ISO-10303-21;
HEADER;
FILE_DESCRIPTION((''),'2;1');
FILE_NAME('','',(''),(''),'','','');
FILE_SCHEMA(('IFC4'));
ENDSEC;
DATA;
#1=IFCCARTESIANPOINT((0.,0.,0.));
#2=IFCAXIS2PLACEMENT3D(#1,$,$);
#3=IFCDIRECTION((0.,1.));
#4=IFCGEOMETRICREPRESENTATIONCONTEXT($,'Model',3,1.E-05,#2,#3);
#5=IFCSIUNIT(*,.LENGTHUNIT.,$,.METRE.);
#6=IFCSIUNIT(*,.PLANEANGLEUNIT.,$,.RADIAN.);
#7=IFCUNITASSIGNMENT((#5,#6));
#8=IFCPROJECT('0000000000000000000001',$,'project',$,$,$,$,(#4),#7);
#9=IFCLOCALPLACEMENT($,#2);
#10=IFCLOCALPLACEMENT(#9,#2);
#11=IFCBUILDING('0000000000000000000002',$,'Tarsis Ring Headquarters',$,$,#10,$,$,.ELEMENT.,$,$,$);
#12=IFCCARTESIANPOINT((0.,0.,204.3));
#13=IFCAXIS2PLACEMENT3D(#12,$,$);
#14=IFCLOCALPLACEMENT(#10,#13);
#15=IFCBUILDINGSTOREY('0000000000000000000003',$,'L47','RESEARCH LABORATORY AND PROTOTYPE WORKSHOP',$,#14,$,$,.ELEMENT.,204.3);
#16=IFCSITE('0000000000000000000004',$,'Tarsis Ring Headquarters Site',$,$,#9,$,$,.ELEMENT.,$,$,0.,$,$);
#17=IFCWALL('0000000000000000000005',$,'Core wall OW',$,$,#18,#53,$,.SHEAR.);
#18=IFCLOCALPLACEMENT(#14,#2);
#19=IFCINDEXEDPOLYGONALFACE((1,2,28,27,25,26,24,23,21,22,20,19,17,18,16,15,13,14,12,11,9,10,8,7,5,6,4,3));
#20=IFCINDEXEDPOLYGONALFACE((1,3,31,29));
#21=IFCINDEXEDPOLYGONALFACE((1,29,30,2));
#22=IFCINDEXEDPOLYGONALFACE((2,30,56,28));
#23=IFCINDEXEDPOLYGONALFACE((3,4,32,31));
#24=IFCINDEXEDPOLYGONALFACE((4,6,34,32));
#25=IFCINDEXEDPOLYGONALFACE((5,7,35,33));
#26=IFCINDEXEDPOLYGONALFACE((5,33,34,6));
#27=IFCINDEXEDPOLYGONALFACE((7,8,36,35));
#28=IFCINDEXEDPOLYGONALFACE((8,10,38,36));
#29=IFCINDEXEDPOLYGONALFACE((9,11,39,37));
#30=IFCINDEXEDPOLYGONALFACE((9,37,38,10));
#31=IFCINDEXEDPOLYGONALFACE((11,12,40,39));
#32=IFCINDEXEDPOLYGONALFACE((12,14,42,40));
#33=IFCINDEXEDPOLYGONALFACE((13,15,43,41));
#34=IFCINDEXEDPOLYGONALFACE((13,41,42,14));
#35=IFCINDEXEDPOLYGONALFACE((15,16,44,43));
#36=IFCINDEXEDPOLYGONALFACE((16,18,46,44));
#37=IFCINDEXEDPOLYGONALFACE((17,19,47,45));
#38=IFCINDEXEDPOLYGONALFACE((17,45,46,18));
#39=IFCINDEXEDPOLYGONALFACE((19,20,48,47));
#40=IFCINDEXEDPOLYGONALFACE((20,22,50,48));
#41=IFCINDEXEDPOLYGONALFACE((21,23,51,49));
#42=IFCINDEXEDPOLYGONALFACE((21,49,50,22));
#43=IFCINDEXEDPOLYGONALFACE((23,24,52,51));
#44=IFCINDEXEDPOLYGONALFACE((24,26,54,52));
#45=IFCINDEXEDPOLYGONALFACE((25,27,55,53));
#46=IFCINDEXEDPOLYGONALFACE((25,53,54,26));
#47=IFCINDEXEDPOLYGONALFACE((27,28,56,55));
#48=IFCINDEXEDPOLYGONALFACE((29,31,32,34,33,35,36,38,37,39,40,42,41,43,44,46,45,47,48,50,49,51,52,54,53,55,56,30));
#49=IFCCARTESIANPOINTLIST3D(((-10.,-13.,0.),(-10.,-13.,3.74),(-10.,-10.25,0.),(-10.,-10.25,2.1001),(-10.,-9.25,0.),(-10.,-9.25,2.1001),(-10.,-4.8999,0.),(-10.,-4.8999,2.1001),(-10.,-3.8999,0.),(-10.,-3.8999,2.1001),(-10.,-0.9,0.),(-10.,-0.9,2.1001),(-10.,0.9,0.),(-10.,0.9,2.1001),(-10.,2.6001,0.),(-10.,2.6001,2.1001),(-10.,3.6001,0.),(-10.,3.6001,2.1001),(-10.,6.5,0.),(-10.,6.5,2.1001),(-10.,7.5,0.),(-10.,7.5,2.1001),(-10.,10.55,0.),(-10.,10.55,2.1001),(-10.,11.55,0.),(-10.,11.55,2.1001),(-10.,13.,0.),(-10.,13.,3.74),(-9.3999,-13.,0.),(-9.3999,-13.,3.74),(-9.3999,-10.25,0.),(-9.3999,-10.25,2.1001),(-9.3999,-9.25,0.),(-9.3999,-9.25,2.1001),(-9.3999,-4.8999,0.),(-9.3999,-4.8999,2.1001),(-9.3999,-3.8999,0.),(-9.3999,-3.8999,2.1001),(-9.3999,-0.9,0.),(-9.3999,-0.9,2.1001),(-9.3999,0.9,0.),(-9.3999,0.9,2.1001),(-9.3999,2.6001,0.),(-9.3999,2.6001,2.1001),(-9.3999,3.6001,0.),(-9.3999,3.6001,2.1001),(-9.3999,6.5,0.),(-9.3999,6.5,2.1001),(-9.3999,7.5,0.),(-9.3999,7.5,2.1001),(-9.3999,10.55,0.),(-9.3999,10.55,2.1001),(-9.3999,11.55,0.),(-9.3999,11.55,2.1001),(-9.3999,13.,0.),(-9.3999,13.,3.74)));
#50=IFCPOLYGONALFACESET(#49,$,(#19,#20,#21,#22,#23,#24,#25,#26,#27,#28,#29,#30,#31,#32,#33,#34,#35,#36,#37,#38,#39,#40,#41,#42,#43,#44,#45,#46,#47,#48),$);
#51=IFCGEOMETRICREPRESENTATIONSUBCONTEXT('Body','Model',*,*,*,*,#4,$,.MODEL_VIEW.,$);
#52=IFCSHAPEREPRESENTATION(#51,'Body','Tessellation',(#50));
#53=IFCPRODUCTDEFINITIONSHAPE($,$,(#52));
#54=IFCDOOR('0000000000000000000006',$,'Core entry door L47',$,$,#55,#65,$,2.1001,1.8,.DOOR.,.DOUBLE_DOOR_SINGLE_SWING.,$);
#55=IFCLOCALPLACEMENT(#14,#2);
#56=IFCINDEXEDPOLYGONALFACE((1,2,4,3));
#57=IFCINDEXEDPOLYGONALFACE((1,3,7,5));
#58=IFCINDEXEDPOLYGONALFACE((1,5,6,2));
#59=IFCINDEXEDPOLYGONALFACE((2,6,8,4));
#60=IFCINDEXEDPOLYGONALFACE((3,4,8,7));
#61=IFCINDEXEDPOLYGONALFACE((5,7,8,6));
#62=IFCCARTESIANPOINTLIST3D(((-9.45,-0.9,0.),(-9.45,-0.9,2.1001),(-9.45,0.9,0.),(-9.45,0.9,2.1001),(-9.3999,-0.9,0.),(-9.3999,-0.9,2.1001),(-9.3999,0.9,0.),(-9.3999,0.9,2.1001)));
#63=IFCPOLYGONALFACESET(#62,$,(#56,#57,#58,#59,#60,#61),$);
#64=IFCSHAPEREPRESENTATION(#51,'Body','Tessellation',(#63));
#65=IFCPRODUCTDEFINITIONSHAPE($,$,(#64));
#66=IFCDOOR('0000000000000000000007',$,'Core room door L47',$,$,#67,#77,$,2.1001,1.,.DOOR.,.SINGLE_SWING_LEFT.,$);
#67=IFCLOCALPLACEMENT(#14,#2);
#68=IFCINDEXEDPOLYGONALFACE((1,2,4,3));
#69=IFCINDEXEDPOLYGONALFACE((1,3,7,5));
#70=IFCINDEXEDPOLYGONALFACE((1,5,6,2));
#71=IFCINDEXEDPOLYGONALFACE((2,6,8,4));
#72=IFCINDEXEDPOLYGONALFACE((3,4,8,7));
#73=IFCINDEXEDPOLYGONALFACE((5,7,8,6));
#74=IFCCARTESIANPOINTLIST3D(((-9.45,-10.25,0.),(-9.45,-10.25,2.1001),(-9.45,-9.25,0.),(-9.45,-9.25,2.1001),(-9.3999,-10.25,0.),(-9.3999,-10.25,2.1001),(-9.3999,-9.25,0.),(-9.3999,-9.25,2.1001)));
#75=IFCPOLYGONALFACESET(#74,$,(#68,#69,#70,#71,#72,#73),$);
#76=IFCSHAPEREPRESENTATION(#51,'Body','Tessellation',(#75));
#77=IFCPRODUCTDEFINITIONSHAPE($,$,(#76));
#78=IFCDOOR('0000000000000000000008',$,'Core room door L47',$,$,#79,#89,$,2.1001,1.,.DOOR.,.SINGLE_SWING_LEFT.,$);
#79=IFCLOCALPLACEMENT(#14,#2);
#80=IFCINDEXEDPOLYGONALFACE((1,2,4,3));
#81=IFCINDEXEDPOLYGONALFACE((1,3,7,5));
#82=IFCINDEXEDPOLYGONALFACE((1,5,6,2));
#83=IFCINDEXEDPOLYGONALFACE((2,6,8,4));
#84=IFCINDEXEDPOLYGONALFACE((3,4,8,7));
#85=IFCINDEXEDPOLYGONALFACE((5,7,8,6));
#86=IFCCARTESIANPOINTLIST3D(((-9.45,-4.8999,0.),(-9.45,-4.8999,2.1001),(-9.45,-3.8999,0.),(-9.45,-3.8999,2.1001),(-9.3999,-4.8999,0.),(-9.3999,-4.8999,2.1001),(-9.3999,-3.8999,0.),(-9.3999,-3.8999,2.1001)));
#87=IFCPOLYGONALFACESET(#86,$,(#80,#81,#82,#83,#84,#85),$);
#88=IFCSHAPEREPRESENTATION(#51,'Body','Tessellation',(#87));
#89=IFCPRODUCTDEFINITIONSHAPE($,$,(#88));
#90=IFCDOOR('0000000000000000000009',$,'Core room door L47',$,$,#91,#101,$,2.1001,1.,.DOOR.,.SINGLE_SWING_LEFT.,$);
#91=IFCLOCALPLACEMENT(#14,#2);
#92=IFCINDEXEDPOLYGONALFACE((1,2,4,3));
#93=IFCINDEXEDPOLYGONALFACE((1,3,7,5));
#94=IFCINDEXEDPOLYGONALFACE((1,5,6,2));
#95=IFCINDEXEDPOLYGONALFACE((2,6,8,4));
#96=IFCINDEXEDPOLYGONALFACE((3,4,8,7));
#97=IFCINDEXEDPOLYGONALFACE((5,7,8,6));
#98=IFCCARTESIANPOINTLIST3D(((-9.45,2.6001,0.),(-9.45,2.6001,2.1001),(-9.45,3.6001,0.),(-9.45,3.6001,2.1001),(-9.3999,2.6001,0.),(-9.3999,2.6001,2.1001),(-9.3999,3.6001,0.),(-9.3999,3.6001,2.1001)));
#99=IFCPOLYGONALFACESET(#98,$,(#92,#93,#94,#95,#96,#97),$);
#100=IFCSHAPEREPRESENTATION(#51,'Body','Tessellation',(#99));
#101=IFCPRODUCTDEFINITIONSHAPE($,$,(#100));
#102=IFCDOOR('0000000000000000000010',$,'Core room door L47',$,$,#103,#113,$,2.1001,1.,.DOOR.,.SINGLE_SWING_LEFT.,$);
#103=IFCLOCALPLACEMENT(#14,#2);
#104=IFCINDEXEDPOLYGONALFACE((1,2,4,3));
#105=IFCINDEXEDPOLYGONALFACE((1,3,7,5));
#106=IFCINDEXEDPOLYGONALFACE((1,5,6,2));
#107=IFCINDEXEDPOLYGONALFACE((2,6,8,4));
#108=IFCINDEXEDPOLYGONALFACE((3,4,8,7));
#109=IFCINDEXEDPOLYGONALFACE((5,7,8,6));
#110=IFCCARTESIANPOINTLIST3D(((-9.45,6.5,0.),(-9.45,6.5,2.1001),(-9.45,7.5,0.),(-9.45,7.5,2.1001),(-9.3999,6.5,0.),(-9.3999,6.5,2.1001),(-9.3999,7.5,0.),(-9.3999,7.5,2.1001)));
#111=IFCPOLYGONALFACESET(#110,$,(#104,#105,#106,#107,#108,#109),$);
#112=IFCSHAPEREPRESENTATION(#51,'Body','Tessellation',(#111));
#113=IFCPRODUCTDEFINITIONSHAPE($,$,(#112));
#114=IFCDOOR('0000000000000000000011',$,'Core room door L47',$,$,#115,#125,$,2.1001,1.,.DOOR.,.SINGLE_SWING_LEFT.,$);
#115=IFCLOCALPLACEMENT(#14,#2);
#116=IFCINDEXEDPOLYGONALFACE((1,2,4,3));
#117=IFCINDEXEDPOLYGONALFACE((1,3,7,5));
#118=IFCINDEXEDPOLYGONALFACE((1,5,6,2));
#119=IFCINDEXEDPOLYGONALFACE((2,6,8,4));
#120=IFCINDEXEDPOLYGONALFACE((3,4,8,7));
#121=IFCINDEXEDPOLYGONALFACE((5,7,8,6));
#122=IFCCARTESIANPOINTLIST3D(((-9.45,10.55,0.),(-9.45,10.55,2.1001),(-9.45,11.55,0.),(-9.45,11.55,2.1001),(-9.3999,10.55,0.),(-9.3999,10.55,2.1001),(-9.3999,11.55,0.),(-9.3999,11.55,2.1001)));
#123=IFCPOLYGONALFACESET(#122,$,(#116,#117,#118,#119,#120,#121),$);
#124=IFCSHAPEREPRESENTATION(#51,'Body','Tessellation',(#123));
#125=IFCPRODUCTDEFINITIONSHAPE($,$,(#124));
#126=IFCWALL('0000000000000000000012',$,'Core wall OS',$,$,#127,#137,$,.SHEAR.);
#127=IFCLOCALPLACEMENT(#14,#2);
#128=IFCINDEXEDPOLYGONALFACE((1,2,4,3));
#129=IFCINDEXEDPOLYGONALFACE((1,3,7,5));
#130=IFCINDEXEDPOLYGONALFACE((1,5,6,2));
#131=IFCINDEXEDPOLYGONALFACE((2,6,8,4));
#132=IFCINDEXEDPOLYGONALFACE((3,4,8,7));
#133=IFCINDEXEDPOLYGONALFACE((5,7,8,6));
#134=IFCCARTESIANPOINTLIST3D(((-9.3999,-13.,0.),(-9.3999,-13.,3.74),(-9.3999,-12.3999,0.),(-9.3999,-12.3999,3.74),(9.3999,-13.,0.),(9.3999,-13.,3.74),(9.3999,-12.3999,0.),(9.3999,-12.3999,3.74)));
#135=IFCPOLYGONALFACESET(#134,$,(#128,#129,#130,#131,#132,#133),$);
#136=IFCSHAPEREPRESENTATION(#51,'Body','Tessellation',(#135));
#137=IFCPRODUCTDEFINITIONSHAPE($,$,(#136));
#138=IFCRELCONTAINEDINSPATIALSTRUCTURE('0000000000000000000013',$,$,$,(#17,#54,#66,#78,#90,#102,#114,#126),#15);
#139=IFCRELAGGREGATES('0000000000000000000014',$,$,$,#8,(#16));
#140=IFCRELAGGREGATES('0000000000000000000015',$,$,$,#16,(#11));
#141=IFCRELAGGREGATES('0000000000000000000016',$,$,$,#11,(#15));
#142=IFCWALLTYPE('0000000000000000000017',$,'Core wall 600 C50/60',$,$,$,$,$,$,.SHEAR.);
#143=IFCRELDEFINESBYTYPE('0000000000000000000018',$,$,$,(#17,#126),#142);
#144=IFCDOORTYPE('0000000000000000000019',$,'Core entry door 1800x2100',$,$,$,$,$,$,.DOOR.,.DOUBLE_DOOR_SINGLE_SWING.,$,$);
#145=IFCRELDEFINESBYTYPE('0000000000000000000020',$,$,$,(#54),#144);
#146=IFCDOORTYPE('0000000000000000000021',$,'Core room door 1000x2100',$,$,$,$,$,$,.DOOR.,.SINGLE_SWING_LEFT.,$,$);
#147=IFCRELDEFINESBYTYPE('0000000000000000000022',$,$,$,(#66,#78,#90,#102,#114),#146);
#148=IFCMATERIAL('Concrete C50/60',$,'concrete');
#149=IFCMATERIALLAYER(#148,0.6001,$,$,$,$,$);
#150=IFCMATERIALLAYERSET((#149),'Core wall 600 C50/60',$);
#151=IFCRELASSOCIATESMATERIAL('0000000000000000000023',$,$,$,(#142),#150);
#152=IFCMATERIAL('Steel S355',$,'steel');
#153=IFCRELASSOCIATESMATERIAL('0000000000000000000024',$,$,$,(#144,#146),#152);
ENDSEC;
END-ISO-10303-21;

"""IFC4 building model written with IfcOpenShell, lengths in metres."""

from ifc_helpers import new_model, si_unit, direction, frame, frame_2d, origin, place, context, subcontext, project, spatial, rectangle, extrude, material, layer, layer_set, type_object, element, fill, save


model = new_model("IFC4")

# Units and contexts
model_context = context("Model", 3, precision=1e-05, world=origin(), true_north=direction((0.0, 1.0)))
body_context = subcontext(model_context, "Body", "Model", "MODEL_VIEW")
ifc_project = project(units=[si_unit("LENGTHUNIT", "METRE"), si_unit("PLANEANGLEUNIT", "RADIAN")], contexts=[model_context])

# Site, building, storey
site_placement = place(None, origin())
site = spatial("IfcSite", under=ifc_project, at=site_placement, Name="Tarsis Ring Headquarters Site", CompositionType="ELEMENT", RefElevation=0.0)
building_placement = place(site_placement, origin())
building = spatial("IfcBuilding", under=site, at=building_placement, Name="Tarsis Ring Headquarters", CompositionType="ELEMENT")
storey_placement = place(building_placement, frame((0.0, 0.0, 204.3)))
storey = spatial("IfcBuildingStorey", under=building, at=storey_placement, Name="L47", Description="RESEARCH LABORATORY AND PROTOTYPE WORKSHOP", CompositionType="ELEMENT", Elevation=204.3)

# Wall, openings, doors
ifc_material_1 = material(Name="Concrete C50/60", Category="concrete")
ifc_layer_1 = layer(ifc_material_1, 0.6001)
ifc_layer_set_1 = layer_set([ifc_layer_1], Name="Core wall 600 C50/60")
wall_type_1 = type_object("IfcWallType", Name="Core wall 600 C50/60", PredefinedType="SHEAR", material=ifc_layer_set_1)
wall_1_placement = place(storey_placement, frame((-9.7, -13.0, 0.0), z_axis=(0.0, 0.0, 1.0), x_axis=(0.0, 1.0, 0.0)))
wall_1 = element("IfcWall", 1, at=wall_1_placement, inside=storey, type_object=wall_type_1, Name="Core wall OW", PredefinedType="SHEAR", context=body_context, shape_type="SweptSolid", body=[
    extrude(rectangle(XDim=26.0, YDim=0.6001, at=frame_2d((13.0, 0.0))), origin(), (0.0, 0.0, 1.0), 3.74),
])
opening_1_placement = place(wall_1_placement, frame((2.75, 0.0, 0.0)))
opening_1 = element("IfcOpeningElement", 2, at=opening_1_placement, cuts=wall_1, PredefinedType="OPENING", context=body_context, shape_type="SweptSolid", body=[
    extrude(rectangle(XDim=1.0, YDim=2.1001, at=frame_2d((0.5, 1.05))), frame((0.0, 0.3101, 0.0), z_axis=(0.0, -1.0, 0.0), x_axis=(1.0, 0.0, 0.0)), (0.0, 0.0, 1.0), 0.6201),
])
opening_2_placement = place(wall_1_placement, frame((8.1001, 0.0, 0.0)))
opening_2 = element("IfcOpeningElement", 3, at=opening_2_placement, cuts=wall_1, PredefinedType="OPENING", context=body_context, shape_type="SweptSolid", body=[
    extrude(rectangle(XDim=1.0, YDim=2.1001, at=frame_2d((0.5, 1.05))), frame((0.0, 0.3101, 0.0), z_axis=(0.0, -1.0, 0.0), x_axis=(1.0, 0.0, 0.0)), (0.0, 0.0, 1.0), 0.6201),
])
opening_3_placement = place(wall_1_placement, frame((12.1001, 0.0, 0.0)))
opening_3 = element("IfcOpeningElement", 4, at=opening_3_placement, cuts=wall_1, PredefinedType="OPENING", context=body_context, shape_type="SweptSolid", body=[
    extrude(rectangle(XDim=1.8, YDim=2.1001, at=frame_2d((0.8999, 1.05))), frame((0.0, 0.3101, 0.0), z_axis=(0.0, -1.0, 0.0), x_axis=(1.0, 0.0, 0.0)), (0.0, 0.0, 1.0), 0.6201),
])
opening_4_placement = place(wall_1_placement, frame((15.6001, 0.0, 0.0)))
opening_4 = element("IfcOpeningElement", 5, at=opening_4_placement, cuts=wall_1, PredefinedType="OPENING", context=body_context, shape_type="SweptSolid", body=[
    extrude(rectangle(XDim=1.0, YDim=2.1001, at=frame_2d((0.5, 1.05))), frame((0.0, 0.3101, 0.0), z_axis=(0.0, -1.0, 0.0), x_axis=(1.0, 0.0, 0.0)), (0.0, 0.0, 1.0), 0.6201),
])
opening_5_placement = place(wall_1_placement, frame((19.5, 0.0, 0.0)))
opening_5 = element("IfcOpeningElement", 6, at=opening_5_placement, cuts=wall_1, PredefinedType="OPENING", context=body_context, shape_type="SweptSolid", body=[
    extrude(rectangle(XDim=1.0, YDim=2.1001, at=frame_2d((0.5, 1.05))), frame((0.0, 0.3101, 0.0), z_axis=(0.0, -1.0, 0.0), x_axis=(1.0, 0.0, 0.0)), (0.0, 0.0, 1.0), 0.6201),
])
opening_6_placement = place(wall_1_placement, frame((23.55, 0.0, 0.0)))
opening_6 = element("IfcOpeningElement", 7, at=opening_6_placement, cuts=wall_1, PredefinedType="OPENING", context=body_context, shape_type="SweptSolid", body=[
    extrude(rectangle(XDim=1.0, YDim=2.1001, at=frame_2d((0.5, 1.05))), frame((0.0, 0.3101, 0.0), z_axis=(0.0, -1.0, 0.0), x_axis=(1.0, 0.0, 0.0)), (0.0, 0.0, 1.0), 0.6201),
])
ifc_material_2 = material(Name="Steel S355", Category="steel")
door_type_1 = type_object("IfcDoorType", Name="Core entry door 1800x2100", OperationType="DOUBLE_DOOR_SINGLE_SWING", PredefinedType="DOOR", material=ifc_material_2)
door_1_placement = place(opening_3_placement, origin())
door_1 = element("IfcDoor", 8, at=door_1_placement, inside=storey, type_object=door_type_1, Name="Core entry door L47", OperationType="DOUBLE_DOOR_SINGLE_SWING", OverallHeight=2.1001, OverallWidth=1.8, PredefinedType="DOOR", context=body_context, shape_type="SweptSolid", body=[
    extrude(rectangle(XDim=1.8, YDim=2.1001, at=frame_2d((0.8999, 1.05))), frame((0.0, -0.25, 0.0), z_axis=(0.0, -1.0, 0.0), x_axis=(1.0, 0.0, 0.0)), (0.0, 0.0, 1.0), 0.05),
])
fill(opening_3, door_1)
door_type_2 = type_object("IfcDoorType", Name="Core room door 1000x2100", OperationType="SINGLE_SWING_LEFT", PredefinedType="DOOR", material=ifc_material_2)
door_2_placement = place(opening_1_placement, origin())
door_2 = element("IfcDoor", 9, at=door_2_placement, inside=storey, type_object=door_type_2, Name="Core room door L47", OperationType="SINGLE_SWING_LEFT", OverallHeight=2.1001, OverallWidth=1.0, PredefinedType="DOOR", context=body_context, shape_type="SweptSolid", body=[
    extrude(rectangle(XDim=1.0, YDim=2.1001, at=frame_2d((0.5, 1.05))), frame((0.0, -0.25, 0.0), z_axis=(0.0, -1.0, 0.0), x_axis=(1.0, 0.0, 0.0)), (0.0, 0.0, 1.0), 0.05),
])
fill(opening_1, door_2)
door_3_placement = place(opening_2_placement, origin())
door_3 = element("IfcDoor", 10, at=door_3_placement, inside=storey, type_object=door_type_2, Name="Core room door L47", OperationType="SINGLE_SWING_LEFT", OverallHeight=2.1001, OverallWidth=1.0, PredefinedType="DOOR", context=body_context, shape_type="SweptSolid", body=[
    extrude(rectangle(XDim=1.0, YDim=2.1001, at=frame_2d((0.5, 1.05))), frame((0.0, -0.25, 0.0), z_axis=(0.0, -1.0, 0.0), x_axis=(1.0, 0.0, 0.0)), (0.0, 0.0, 1.0), 0.05),
])
fill(opening_2, door_3)
door_4_placement = place(opening_4_placement, origin())
door_4 = element("IfcDoor", 11, at=door_4_placement, inside=storey, type_object=door_type_2, Name="Core room door L47", OperationType="SINGLE_SWING_LEFT", OverallHeight=2.1001, OverallWidth=1.0, PredefinedType="DOOR", context=body_context, shape_type="SweptSolid", body=[
    extrude(rectangle(XDim=1.0, YDim=2.1001, at=frame_2d((0.5, 1.05))), frame((0.0, -0.25, 0.0), z_axis=(0.0, -1.0, 0.0), x_axis=(1.0, 0.0, 0.0)), (0.0, 0.0, 1.0), 0.05),
])
fill(opening_4, door_4)
door_5_placement = place(opening_5_placement, origin())
door_5 = element("IfcDoor", 12, at=door_5_placement, inside=storey, type_object=door_type_2, Name="Core room door L47", OperationType="SINGLE_SWING_LEFT", OverallHeight=2.1001, OverallWidth=1.0, PredefinedType="DOOR", context=body_context, shape_type="SweptSolid", body=[
    extrude(rectangle(XDim=1.0, YDim=2.1001, at=frame_2d((0.5, 1.05))), frame((0.0, -0.25, 0.0), z_axis=(0.0, -1.0, 0.0), x_axis=(1.0, 0.0, 0.0)), (0.0, 0.0, 1.0), 0.05),
])
fill(opening_5, door_5)
door_6_placement = place(opening_6_placement, origin())
door_6 = element("IfcDoor", 13, at=door_6_placement, inside=storey, type_object=door_type_2, Name="Core room door L47", OperationType="SINGLE_SWING_LEFT", OverallHeight=2.1001, OverallWidth=1.0, PredefinedType="DOOR", context=body_context, shape_type="SweptSolid", body=[
    extrude(rectangle(XDim=1.0, YDim=2.1001, at=frame_2d((0.5, 1.05))), frame((0.0, -0.25, 0.0), z_axis=(0.0, -1.0, 0.0), x_axis=(1.0, 0.0, 0.0)), (0.0, 0.0, 1.0), 0.05),
])
fill(opening_6, door_6)

# Wall
wall_2_placement = place(storey_placement, frame((-9.3999, -12.7, 0.0), z_axis=(0.0, 0.0, 1.0), x_axis=(1.0, 0.0, 0.0)))
element("IfcWall", 14, at=wall_2_placement, inside=storey, type_object=wall_type_1, Name="Core wall OS", PredefinedType="SHEAR", context=body_context, shape_type="SweptSolid", body=[
    extrude(rectangle(XDim=18.7998, YDim=0.6001, at=frame_2d((9.3999, 0.0))), origin(), (0.0, 0.0, 1.0), 3.74),
])

save(model, "model.ifc")
